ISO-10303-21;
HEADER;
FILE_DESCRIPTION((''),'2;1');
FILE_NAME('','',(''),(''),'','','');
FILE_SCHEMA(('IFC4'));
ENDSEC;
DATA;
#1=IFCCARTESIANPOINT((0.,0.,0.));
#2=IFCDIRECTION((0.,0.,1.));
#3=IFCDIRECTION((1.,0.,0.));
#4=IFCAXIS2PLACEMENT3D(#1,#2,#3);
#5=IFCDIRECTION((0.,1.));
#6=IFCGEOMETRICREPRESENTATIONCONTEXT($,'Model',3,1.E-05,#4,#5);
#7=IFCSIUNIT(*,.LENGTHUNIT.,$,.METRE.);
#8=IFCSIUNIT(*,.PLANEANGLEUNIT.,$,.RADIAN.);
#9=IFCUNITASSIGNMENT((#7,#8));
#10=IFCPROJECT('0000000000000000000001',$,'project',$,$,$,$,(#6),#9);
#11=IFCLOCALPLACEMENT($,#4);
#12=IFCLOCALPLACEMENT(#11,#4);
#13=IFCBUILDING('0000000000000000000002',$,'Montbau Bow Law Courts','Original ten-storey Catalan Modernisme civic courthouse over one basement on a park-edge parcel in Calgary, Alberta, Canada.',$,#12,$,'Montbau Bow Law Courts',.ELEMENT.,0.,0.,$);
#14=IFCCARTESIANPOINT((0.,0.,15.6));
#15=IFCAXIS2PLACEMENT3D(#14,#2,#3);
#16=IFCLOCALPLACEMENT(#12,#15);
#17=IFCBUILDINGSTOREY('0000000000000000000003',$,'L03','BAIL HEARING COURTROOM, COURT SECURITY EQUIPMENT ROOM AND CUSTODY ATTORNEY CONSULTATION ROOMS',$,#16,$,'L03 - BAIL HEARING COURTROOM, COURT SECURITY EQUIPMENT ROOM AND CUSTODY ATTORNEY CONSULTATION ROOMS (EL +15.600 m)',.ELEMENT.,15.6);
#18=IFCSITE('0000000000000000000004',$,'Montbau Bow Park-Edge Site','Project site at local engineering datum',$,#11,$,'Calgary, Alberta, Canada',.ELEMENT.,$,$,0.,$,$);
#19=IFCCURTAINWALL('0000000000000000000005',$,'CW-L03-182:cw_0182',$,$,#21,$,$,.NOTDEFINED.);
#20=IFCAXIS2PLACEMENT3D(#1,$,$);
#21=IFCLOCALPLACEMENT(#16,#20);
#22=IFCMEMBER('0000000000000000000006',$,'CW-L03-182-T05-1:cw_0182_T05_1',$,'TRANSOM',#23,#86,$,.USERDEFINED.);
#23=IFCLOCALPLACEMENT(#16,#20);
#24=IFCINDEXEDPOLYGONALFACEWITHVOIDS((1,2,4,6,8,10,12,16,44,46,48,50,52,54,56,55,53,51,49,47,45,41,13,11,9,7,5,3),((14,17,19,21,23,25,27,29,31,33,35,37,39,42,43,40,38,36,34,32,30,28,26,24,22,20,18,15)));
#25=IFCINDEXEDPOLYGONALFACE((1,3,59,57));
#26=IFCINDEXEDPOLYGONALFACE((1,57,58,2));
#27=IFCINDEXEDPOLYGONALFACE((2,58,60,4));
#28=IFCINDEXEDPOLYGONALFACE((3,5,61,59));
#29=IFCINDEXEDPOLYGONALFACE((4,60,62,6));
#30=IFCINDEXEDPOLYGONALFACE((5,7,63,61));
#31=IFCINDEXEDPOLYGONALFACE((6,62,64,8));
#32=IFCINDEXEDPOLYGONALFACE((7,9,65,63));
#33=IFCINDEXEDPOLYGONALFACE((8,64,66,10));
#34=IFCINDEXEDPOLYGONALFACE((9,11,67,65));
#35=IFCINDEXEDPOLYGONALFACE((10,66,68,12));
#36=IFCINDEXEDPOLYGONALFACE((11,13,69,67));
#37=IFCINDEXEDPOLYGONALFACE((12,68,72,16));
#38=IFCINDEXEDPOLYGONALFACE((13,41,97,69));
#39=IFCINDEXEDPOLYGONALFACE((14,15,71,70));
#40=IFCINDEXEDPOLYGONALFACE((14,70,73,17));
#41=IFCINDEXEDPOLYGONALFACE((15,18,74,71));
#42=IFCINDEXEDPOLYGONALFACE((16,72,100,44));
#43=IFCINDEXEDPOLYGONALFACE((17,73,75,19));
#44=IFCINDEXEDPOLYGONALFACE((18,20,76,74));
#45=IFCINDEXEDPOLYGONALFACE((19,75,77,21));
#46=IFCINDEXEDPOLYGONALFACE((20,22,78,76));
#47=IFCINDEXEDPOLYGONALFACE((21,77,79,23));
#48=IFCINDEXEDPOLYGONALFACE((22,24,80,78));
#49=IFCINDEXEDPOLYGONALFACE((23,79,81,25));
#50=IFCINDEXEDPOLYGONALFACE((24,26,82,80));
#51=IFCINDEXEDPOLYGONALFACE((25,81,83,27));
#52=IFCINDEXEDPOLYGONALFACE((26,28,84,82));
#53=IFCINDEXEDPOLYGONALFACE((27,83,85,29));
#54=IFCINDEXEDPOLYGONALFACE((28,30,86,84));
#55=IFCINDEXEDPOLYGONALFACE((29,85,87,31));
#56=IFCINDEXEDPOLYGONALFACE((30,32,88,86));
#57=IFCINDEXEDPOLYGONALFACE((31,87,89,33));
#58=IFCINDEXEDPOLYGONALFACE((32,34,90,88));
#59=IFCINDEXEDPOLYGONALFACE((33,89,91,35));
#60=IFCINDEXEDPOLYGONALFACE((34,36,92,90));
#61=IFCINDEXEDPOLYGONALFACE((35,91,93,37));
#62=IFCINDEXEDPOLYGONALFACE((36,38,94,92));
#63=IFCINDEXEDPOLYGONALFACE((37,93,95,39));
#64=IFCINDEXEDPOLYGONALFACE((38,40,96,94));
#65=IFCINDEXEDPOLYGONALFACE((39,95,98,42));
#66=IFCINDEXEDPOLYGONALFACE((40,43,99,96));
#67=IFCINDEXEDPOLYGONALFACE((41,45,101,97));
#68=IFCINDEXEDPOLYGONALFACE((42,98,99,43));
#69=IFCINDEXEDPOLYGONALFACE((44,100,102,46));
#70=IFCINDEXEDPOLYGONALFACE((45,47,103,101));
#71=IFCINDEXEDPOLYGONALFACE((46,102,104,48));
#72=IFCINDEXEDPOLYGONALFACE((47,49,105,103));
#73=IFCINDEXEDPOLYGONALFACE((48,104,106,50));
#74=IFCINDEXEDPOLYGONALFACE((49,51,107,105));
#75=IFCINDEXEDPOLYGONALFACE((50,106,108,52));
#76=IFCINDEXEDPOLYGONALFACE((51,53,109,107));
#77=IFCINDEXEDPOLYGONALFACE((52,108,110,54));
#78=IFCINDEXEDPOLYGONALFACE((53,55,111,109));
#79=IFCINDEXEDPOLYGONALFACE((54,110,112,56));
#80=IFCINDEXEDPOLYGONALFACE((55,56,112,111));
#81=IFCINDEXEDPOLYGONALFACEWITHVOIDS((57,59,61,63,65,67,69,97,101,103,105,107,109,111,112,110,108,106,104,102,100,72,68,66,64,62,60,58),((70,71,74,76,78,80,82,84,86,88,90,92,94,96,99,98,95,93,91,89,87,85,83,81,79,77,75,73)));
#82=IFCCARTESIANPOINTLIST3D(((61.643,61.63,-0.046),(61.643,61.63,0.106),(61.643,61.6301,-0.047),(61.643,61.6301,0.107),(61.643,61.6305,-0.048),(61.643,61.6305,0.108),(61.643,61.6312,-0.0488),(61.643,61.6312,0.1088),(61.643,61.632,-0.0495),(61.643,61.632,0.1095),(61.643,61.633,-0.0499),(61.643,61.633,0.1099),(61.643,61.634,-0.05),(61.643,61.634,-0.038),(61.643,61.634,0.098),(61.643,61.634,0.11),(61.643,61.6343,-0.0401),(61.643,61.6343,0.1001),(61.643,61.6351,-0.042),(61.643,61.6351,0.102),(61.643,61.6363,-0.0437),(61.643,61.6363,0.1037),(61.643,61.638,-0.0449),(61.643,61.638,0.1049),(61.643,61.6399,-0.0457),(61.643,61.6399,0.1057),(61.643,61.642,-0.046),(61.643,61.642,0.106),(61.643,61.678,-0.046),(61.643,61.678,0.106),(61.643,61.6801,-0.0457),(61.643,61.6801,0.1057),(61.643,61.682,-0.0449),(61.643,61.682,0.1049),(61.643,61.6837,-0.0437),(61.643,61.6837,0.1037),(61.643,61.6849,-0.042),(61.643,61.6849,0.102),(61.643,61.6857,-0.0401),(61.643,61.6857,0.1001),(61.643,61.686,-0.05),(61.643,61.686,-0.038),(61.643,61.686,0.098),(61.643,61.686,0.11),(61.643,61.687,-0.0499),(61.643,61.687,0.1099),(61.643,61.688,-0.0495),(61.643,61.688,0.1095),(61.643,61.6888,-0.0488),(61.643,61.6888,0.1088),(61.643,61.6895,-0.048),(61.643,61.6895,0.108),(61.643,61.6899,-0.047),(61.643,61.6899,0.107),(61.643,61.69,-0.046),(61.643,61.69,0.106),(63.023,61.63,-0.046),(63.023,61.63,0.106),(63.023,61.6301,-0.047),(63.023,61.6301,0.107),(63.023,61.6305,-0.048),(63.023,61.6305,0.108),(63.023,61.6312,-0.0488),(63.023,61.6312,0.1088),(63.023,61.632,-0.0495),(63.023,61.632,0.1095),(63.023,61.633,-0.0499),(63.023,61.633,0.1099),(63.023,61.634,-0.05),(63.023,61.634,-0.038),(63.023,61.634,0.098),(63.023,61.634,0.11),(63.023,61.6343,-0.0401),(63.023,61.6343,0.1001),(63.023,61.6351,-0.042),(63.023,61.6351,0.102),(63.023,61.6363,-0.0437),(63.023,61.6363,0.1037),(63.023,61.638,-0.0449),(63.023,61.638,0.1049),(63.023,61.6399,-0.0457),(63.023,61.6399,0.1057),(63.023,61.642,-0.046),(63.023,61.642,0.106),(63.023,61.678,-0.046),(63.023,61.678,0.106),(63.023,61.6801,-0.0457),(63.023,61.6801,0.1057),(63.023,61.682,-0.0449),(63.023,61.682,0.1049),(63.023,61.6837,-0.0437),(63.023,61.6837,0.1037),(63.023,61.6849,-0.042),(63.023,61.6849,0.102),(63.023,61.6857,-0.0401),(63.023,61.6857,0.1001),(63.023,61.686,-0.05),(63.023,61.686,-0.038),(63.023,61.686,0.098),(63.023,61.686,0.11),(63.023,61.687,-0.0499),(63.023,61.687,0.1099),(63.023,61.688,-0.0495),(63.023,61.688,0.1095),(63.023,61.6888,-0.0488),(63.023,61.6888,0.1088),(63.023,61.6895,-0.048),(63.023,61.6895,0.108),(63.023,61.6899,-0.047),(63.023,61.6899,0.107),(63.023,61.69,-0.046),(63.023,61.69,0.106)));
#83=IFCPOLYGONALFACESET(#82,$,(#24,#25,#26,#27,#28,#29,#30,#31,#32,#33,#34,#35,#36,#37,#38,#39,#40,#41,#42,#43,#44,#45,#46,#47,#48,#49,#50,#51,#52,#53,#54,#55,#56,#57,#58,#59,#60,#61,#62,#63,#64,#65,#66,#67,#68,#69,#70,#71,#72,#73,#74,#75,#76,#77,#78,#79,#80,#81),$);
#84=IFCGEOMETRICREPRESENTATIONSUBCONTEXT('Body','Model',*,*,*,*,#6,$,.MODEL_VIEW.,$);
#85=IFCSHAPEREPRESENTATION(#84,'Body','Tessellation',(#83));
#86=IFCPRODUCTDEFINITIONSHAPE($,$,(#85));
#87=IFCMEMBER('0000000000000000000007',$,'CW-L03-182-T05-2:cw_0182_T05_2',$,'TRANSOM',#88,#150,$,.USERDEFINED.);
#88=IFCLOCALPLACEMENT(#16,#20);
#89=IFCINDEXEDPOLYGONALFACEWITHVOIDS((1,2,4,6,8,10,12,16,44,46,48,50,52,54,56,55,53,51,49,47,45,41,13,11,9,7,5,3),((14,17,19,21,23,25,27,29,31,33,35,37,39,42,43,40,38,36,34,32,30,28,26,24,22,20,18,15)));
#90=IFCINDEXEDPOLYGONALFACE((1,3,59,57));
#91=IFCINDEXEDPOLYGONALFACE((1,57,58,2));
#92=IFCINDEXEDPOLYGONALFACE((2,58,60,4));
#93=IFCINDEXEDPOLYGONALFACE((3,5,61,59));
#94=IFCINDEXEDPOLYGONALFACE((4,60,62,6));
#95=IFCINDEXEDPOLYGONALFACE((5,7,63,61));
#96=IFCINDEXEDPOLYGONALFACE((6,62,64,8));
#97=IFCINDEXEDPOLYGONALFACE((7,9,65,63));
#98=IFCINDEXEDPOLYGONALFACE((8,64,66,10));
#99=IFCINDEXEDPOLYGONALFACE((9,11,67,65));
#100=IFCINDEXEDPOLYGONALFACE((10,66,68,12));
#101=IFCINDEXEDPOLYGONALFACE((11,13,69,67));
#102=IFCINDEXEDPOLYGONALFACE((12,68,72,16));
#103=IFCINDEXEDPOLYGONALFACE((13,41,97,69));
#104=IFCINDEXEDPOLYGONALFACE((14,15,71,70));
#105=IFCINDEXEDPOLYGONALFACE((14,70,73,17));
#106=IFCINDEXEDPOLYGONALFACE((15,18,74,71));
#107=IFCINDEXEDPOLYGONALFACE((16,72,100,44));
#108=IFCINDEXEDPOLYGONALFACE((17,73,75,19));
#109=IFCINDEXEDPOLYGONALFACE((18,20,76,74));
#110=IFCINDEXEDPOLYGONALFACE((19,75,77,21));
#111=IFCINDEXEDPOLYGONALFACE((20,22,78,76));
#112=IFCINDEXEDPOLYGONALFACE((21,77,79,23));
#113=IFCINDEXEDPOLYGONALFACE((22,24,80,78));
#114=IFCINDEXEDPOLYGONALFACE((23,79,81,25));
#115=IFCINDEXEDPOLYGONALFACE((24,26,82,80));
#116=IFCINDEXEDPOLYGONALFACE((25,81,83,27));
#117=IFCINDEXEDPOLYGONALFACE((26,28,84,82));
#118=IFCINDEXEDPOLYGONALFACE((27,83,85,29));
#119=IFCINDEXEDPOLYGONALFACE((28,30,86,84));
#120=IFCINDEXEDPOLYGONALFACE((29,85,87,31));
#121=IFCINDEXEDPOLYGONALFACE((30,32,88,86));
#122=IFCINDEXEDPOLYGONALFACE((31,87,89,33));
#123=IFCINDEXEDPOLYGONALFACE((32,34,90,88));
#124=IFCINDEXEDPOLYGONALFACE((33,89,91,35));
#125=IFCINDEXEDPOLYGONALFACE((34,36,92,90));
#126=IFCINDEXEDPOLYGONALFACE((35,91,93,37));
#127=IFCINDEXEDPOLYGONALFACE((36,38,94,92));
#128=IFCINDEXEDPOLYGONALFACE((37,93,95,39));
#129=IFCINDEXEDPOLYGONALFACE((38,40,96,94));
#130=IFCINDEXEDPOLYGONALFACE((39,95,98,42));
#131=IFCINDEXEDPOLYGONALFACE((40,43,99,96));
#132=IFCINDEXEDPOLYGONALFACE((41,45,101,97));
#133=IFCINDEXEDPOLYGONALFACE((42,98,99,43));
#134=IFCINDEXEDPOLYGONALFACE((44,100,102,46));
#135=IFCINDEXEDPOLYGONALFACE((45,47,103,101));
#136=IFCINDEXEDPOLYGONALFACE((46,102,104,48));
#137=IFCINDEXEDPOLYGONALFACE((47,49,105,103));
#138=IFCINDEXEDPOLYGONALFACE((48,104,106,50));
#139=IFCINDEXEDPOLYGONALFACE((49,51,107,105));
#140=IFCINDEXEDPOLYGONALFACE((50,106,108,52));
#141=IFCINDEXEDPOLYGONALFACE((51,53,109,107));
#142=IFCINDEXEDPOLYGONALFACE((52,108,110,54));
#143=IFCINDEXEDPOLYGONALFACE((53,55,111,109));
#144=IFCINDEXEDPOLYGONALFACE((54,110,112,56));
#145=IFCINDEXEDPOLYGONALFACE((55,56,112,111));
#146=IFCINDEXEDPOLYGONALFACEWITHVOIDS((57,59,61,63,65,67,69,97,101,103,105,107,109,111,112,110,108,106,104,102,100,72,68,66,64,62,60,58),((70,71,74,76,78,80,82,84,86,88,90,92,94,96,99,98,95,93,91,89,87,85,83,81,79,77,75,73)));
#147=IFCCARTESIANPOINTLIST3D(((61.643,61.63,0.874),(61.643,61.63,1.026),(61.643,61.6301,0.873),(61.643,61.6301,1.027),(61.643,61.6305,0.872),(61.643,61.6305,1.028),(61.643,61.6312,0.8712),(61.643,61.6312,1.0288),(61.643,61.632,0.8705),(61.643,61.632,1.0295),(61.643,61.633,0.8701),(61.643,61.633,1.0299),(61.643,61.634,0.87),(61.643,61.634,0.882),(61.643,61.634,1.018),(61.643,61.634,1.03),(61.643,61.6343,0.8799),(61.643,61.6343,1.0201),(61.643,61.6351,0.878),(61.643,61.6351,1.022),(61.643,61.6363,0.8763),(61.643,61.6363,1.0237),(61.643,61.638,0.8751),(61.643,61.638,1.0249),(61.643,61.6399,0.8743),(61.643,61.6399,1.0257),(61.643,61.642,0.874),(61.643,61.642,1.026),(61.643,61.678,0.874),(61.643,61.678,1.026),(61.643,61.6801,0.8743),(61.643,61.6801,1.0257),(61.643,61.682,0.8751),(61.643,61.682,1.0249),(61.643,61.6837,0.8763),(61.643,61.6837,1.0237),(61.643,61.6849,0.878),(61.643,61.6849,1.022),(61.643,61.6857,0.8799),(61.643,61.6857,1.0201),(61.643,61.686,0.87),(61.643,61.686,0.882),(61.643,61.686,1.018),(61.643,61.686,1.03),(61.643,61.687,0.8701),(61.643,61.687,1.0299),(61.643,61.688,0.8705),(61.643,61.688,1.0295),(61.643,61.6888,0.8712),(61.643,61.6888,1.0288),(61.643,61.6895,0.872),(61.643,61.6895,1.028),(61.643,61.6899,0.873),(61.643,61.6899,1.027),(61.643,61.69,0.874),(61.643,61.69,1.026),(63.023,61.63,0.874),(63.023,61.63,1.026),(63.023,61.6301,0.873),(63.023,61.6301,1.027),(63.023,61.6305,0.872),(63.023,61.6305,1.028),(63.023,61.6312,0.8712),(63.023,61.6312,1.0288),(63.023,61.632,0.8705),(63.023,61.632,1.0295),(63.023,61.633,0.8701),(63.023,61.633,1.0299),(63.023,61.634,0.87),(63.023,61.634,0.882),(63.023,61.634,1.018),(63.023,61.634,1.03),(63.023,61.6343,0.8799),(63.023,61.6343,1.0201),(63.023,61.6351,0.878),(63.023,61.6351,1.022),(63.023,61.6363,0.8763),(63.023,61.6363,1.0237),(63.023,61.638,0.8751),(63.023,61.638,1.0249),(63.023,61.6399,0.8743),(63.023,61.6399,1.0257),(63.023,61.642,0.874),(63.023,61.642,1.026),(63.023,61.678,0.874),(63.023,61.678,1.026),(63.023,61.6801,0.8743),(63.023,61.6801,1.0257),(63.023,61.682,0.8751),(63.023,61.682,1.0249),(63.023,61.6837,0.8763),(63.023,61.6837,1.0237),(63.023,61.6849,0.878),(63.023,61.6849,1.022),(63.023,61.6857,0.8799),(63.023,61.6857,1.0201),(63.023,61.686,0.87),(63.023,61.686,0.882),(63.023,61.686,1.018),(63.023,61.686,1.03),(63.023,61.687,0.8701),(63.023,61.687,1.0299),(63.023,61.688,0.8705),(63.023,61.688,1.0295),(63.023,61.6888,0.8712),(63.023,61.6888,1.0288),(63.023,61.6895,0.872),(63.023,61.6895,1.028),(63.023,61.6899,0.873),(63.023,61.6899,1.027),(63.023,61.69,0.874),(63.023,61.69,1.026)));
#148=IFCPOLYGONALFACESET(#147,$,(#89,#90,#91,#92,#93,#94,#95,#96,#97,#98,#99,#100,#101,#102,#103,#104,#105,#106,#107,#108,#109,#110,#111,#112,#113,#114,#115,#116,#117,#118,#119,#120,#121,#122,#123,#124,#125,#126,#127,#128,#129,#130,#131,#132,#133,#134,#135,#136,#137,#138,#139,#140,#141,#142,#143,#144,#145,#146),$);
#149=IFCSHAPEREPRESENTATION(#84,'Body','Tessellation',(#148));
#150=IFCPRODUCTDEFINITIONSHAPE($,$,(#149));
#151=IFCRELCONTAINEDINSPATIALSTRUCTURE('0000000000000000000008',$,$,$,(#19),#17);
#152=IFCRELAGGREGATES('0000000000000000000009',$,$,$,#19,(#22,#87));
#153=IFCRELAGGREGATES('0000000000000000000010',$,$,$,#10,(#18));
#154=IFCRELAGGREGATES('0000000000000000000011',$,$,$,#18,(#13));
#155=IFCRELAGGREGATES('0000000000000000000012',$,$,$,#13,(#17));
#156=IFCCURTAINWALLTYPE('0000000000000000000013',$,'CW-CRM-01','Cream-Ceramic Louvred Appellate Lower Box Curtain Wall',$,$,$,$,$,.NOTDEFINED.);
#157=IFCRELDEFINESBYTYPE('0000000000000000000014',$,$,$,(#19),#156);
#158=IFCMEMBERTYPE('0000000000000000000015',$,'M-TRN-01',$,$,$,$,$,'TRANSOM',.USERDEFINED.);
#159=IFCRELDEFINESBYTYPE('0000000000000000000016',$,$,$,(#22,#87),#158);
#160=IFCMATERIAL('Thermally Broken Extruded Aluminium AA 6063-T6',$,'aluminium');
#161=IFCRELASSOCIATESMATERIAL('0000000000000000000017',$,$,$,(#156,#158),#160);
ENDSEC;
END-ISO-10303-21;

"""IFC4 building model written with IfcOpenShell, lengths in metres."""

from ifc_helpers import new_model, si_unit, direction, frame, origin_with_axes, origin_2d_with_axis, place, context, subcontext, project, spatial, hollow_rectangle, extrude, material, material_profile, profile_set, type_object, element, aggregate, save


model = new_model("IFC4")

# Units and contexts
model_context = context("Model", 3, precision=1e-05, world=origin_with_axes(), true_north=direction((0.0, 1.0)))
body_context = subcontext(model_context, "Body", "Model", "MODEL_VIEW")
ifc_project = project(units=[si_unit("LENGTHUNIT", "METRE"), si_unit("PLANEANGLEUNIT", "RADIAN")], contexts=[model_context])

# Site, building, storey
site_placement = place(None, origin_with_axes())
site = spatial("IfcSite", under=ifc_project, at=site_placement, Name="Montbau Bow Park-Edge Site", Description="Project site at local engineering datum", LongName="Calgary, Alberta, Canada", CompositionType="ELEMENT", RefElevation=0.0)
building_placement = place(site_placement, origin_with_axes())
building = spatial("IfcBuilding", under=site, at=building_placement, Name="Montbau Bow Law Courts", Description="Original ten-storey Catalan Modernisme civic courthouse over one basement on a park-edge parcel in Calgary, Alberta, Canada.", LongName="Montbau Bow Law Courts", CompositionType="ELEMENT", ElevationOfRefHeight=0.0, ElevationOfTerrain=0.0)
storey_placement = place(building_placement, frame((0.0, 0.0, 15.6), z_axis=(0.0, 0.0, 1.0), x_axis=(1.0, 0.0, 0.0)))
storey = spatial("IfcBuildingStorey", under=building, at=storey_placement, Name="L03", Description="BAIL HEARING COURTROOM, COURT SECURITY EQUIPMENT ROOM AND CUSTODY ATTORNEY CONSULTATION ROOMS", LongName="L03 - BAIL HEARING COURTROOM, COURT SECURITY EQUIPMENT ROOM AND CUSTODY ATTORNEY CONSULTATION ROOMS (EL +15.600 m)", CompositionType="ELEMENT", Elevation=15.6)

# Curtain wall, members
ifc_material_1 = material(Name="Thermally Broken Extruded Aluminium AA 6063-T6", Category="aluminium")
curtain_wall_type = type_object("IfcCurtainWallType", Name="CW-CRM-01", Description="Cream-Ceramic Louvred Appellate Lower Box Curtain Wall", PredefinedType="NOTDEFINED", material=ifc_material_1)
curtain_wall_placement = place(None, frame((55.715, 61.66, 15.6), z_axis=(0.0, 0.0, 1.0), x_axis=(1.0, 0.0, 0.0)))
curtain_wall = element("IfcCurtainWall", 1, at=curtain_wall_placement, inside=storey, type_object=curtain_wall_type, Name="CW-L03-182:cw_0182", PredefinedType="NOTDEFINED")
ifc_material_profile_1 = material_profile(ifc_material_1, hollow_rectangle(XDim=0.06, YDim=0.16, WallThickness=0.004, InnerFilletRadius=0.008, OuterFilletRadius=0.004, at=origin_2d_with_axis()), Name="CWT-160X60", Category="Main", Priority=0)
ifc_profile_set_1 = profile_set([ifc_material_profile_1], Name="Thermally Broken Extruded Aluminium AA 6063-T6")
member_type_1 = type_object("IfcMemberType", Name="M-TRN-01", ElementType="TRANSOM", PredefinedType="USERDEFINED", material=ifc_profile_set_1)
member_1_placement = place(None, frame((61.643, 61.66, 15.63), z_axis=(1.0, 0.0, 0.0), x_axis=(0.0, 1.0, 0.0)))
member_1 = element("IfcMember", 2, at=member_1_placement, type_object=member_type_1, Name="CW-L03-182-T05-1:cw_0182_T05_1", ObjectType="TRANSOM", PredefinedType="USERDEFINED", context=body_context, shape_type="SweptSolid", body=[
    extrude(hollow_rectangle(XDim=0.06, YDim=0.16, WallThickness=0.004, InnerFilletRadius=0.008, OuterFilletRadius=0.004, at=origin_2d_with_axis()), origin_with_axes(), (0.0, 0.0, 1.0), 1.38),
])
member_2_placement = place(None, frame((61.643, 61.66, 16.55), z_axis=(1.0, 0.0, 0.0), x_axis=(0.0, 1.0, 0.0)))
member_2 = element("IfcMember", 3, at=member_2_placement, type_object=member_type_1, Name="CW-L03-182-T05-2:cw_0182_T05_2", ObjectType="TRANSOM", PredefinedType="USERDEFINED", context=body_context, shape_type="SweptSolid", body=[
    extrude(hollow_rectangle(XDim=0.06, YDim=0.16, WallThickness=0.004, InnerFilletRadius=0.008, OuterFilletRadius=0.004, at=origin_2d_with_axis()), origin_with_axes(), (0.0, 0.0, 1.0), 1.38),
])
aggregate(curtain_wall, [member_1, member_2])

save(model, "model.ifc")
